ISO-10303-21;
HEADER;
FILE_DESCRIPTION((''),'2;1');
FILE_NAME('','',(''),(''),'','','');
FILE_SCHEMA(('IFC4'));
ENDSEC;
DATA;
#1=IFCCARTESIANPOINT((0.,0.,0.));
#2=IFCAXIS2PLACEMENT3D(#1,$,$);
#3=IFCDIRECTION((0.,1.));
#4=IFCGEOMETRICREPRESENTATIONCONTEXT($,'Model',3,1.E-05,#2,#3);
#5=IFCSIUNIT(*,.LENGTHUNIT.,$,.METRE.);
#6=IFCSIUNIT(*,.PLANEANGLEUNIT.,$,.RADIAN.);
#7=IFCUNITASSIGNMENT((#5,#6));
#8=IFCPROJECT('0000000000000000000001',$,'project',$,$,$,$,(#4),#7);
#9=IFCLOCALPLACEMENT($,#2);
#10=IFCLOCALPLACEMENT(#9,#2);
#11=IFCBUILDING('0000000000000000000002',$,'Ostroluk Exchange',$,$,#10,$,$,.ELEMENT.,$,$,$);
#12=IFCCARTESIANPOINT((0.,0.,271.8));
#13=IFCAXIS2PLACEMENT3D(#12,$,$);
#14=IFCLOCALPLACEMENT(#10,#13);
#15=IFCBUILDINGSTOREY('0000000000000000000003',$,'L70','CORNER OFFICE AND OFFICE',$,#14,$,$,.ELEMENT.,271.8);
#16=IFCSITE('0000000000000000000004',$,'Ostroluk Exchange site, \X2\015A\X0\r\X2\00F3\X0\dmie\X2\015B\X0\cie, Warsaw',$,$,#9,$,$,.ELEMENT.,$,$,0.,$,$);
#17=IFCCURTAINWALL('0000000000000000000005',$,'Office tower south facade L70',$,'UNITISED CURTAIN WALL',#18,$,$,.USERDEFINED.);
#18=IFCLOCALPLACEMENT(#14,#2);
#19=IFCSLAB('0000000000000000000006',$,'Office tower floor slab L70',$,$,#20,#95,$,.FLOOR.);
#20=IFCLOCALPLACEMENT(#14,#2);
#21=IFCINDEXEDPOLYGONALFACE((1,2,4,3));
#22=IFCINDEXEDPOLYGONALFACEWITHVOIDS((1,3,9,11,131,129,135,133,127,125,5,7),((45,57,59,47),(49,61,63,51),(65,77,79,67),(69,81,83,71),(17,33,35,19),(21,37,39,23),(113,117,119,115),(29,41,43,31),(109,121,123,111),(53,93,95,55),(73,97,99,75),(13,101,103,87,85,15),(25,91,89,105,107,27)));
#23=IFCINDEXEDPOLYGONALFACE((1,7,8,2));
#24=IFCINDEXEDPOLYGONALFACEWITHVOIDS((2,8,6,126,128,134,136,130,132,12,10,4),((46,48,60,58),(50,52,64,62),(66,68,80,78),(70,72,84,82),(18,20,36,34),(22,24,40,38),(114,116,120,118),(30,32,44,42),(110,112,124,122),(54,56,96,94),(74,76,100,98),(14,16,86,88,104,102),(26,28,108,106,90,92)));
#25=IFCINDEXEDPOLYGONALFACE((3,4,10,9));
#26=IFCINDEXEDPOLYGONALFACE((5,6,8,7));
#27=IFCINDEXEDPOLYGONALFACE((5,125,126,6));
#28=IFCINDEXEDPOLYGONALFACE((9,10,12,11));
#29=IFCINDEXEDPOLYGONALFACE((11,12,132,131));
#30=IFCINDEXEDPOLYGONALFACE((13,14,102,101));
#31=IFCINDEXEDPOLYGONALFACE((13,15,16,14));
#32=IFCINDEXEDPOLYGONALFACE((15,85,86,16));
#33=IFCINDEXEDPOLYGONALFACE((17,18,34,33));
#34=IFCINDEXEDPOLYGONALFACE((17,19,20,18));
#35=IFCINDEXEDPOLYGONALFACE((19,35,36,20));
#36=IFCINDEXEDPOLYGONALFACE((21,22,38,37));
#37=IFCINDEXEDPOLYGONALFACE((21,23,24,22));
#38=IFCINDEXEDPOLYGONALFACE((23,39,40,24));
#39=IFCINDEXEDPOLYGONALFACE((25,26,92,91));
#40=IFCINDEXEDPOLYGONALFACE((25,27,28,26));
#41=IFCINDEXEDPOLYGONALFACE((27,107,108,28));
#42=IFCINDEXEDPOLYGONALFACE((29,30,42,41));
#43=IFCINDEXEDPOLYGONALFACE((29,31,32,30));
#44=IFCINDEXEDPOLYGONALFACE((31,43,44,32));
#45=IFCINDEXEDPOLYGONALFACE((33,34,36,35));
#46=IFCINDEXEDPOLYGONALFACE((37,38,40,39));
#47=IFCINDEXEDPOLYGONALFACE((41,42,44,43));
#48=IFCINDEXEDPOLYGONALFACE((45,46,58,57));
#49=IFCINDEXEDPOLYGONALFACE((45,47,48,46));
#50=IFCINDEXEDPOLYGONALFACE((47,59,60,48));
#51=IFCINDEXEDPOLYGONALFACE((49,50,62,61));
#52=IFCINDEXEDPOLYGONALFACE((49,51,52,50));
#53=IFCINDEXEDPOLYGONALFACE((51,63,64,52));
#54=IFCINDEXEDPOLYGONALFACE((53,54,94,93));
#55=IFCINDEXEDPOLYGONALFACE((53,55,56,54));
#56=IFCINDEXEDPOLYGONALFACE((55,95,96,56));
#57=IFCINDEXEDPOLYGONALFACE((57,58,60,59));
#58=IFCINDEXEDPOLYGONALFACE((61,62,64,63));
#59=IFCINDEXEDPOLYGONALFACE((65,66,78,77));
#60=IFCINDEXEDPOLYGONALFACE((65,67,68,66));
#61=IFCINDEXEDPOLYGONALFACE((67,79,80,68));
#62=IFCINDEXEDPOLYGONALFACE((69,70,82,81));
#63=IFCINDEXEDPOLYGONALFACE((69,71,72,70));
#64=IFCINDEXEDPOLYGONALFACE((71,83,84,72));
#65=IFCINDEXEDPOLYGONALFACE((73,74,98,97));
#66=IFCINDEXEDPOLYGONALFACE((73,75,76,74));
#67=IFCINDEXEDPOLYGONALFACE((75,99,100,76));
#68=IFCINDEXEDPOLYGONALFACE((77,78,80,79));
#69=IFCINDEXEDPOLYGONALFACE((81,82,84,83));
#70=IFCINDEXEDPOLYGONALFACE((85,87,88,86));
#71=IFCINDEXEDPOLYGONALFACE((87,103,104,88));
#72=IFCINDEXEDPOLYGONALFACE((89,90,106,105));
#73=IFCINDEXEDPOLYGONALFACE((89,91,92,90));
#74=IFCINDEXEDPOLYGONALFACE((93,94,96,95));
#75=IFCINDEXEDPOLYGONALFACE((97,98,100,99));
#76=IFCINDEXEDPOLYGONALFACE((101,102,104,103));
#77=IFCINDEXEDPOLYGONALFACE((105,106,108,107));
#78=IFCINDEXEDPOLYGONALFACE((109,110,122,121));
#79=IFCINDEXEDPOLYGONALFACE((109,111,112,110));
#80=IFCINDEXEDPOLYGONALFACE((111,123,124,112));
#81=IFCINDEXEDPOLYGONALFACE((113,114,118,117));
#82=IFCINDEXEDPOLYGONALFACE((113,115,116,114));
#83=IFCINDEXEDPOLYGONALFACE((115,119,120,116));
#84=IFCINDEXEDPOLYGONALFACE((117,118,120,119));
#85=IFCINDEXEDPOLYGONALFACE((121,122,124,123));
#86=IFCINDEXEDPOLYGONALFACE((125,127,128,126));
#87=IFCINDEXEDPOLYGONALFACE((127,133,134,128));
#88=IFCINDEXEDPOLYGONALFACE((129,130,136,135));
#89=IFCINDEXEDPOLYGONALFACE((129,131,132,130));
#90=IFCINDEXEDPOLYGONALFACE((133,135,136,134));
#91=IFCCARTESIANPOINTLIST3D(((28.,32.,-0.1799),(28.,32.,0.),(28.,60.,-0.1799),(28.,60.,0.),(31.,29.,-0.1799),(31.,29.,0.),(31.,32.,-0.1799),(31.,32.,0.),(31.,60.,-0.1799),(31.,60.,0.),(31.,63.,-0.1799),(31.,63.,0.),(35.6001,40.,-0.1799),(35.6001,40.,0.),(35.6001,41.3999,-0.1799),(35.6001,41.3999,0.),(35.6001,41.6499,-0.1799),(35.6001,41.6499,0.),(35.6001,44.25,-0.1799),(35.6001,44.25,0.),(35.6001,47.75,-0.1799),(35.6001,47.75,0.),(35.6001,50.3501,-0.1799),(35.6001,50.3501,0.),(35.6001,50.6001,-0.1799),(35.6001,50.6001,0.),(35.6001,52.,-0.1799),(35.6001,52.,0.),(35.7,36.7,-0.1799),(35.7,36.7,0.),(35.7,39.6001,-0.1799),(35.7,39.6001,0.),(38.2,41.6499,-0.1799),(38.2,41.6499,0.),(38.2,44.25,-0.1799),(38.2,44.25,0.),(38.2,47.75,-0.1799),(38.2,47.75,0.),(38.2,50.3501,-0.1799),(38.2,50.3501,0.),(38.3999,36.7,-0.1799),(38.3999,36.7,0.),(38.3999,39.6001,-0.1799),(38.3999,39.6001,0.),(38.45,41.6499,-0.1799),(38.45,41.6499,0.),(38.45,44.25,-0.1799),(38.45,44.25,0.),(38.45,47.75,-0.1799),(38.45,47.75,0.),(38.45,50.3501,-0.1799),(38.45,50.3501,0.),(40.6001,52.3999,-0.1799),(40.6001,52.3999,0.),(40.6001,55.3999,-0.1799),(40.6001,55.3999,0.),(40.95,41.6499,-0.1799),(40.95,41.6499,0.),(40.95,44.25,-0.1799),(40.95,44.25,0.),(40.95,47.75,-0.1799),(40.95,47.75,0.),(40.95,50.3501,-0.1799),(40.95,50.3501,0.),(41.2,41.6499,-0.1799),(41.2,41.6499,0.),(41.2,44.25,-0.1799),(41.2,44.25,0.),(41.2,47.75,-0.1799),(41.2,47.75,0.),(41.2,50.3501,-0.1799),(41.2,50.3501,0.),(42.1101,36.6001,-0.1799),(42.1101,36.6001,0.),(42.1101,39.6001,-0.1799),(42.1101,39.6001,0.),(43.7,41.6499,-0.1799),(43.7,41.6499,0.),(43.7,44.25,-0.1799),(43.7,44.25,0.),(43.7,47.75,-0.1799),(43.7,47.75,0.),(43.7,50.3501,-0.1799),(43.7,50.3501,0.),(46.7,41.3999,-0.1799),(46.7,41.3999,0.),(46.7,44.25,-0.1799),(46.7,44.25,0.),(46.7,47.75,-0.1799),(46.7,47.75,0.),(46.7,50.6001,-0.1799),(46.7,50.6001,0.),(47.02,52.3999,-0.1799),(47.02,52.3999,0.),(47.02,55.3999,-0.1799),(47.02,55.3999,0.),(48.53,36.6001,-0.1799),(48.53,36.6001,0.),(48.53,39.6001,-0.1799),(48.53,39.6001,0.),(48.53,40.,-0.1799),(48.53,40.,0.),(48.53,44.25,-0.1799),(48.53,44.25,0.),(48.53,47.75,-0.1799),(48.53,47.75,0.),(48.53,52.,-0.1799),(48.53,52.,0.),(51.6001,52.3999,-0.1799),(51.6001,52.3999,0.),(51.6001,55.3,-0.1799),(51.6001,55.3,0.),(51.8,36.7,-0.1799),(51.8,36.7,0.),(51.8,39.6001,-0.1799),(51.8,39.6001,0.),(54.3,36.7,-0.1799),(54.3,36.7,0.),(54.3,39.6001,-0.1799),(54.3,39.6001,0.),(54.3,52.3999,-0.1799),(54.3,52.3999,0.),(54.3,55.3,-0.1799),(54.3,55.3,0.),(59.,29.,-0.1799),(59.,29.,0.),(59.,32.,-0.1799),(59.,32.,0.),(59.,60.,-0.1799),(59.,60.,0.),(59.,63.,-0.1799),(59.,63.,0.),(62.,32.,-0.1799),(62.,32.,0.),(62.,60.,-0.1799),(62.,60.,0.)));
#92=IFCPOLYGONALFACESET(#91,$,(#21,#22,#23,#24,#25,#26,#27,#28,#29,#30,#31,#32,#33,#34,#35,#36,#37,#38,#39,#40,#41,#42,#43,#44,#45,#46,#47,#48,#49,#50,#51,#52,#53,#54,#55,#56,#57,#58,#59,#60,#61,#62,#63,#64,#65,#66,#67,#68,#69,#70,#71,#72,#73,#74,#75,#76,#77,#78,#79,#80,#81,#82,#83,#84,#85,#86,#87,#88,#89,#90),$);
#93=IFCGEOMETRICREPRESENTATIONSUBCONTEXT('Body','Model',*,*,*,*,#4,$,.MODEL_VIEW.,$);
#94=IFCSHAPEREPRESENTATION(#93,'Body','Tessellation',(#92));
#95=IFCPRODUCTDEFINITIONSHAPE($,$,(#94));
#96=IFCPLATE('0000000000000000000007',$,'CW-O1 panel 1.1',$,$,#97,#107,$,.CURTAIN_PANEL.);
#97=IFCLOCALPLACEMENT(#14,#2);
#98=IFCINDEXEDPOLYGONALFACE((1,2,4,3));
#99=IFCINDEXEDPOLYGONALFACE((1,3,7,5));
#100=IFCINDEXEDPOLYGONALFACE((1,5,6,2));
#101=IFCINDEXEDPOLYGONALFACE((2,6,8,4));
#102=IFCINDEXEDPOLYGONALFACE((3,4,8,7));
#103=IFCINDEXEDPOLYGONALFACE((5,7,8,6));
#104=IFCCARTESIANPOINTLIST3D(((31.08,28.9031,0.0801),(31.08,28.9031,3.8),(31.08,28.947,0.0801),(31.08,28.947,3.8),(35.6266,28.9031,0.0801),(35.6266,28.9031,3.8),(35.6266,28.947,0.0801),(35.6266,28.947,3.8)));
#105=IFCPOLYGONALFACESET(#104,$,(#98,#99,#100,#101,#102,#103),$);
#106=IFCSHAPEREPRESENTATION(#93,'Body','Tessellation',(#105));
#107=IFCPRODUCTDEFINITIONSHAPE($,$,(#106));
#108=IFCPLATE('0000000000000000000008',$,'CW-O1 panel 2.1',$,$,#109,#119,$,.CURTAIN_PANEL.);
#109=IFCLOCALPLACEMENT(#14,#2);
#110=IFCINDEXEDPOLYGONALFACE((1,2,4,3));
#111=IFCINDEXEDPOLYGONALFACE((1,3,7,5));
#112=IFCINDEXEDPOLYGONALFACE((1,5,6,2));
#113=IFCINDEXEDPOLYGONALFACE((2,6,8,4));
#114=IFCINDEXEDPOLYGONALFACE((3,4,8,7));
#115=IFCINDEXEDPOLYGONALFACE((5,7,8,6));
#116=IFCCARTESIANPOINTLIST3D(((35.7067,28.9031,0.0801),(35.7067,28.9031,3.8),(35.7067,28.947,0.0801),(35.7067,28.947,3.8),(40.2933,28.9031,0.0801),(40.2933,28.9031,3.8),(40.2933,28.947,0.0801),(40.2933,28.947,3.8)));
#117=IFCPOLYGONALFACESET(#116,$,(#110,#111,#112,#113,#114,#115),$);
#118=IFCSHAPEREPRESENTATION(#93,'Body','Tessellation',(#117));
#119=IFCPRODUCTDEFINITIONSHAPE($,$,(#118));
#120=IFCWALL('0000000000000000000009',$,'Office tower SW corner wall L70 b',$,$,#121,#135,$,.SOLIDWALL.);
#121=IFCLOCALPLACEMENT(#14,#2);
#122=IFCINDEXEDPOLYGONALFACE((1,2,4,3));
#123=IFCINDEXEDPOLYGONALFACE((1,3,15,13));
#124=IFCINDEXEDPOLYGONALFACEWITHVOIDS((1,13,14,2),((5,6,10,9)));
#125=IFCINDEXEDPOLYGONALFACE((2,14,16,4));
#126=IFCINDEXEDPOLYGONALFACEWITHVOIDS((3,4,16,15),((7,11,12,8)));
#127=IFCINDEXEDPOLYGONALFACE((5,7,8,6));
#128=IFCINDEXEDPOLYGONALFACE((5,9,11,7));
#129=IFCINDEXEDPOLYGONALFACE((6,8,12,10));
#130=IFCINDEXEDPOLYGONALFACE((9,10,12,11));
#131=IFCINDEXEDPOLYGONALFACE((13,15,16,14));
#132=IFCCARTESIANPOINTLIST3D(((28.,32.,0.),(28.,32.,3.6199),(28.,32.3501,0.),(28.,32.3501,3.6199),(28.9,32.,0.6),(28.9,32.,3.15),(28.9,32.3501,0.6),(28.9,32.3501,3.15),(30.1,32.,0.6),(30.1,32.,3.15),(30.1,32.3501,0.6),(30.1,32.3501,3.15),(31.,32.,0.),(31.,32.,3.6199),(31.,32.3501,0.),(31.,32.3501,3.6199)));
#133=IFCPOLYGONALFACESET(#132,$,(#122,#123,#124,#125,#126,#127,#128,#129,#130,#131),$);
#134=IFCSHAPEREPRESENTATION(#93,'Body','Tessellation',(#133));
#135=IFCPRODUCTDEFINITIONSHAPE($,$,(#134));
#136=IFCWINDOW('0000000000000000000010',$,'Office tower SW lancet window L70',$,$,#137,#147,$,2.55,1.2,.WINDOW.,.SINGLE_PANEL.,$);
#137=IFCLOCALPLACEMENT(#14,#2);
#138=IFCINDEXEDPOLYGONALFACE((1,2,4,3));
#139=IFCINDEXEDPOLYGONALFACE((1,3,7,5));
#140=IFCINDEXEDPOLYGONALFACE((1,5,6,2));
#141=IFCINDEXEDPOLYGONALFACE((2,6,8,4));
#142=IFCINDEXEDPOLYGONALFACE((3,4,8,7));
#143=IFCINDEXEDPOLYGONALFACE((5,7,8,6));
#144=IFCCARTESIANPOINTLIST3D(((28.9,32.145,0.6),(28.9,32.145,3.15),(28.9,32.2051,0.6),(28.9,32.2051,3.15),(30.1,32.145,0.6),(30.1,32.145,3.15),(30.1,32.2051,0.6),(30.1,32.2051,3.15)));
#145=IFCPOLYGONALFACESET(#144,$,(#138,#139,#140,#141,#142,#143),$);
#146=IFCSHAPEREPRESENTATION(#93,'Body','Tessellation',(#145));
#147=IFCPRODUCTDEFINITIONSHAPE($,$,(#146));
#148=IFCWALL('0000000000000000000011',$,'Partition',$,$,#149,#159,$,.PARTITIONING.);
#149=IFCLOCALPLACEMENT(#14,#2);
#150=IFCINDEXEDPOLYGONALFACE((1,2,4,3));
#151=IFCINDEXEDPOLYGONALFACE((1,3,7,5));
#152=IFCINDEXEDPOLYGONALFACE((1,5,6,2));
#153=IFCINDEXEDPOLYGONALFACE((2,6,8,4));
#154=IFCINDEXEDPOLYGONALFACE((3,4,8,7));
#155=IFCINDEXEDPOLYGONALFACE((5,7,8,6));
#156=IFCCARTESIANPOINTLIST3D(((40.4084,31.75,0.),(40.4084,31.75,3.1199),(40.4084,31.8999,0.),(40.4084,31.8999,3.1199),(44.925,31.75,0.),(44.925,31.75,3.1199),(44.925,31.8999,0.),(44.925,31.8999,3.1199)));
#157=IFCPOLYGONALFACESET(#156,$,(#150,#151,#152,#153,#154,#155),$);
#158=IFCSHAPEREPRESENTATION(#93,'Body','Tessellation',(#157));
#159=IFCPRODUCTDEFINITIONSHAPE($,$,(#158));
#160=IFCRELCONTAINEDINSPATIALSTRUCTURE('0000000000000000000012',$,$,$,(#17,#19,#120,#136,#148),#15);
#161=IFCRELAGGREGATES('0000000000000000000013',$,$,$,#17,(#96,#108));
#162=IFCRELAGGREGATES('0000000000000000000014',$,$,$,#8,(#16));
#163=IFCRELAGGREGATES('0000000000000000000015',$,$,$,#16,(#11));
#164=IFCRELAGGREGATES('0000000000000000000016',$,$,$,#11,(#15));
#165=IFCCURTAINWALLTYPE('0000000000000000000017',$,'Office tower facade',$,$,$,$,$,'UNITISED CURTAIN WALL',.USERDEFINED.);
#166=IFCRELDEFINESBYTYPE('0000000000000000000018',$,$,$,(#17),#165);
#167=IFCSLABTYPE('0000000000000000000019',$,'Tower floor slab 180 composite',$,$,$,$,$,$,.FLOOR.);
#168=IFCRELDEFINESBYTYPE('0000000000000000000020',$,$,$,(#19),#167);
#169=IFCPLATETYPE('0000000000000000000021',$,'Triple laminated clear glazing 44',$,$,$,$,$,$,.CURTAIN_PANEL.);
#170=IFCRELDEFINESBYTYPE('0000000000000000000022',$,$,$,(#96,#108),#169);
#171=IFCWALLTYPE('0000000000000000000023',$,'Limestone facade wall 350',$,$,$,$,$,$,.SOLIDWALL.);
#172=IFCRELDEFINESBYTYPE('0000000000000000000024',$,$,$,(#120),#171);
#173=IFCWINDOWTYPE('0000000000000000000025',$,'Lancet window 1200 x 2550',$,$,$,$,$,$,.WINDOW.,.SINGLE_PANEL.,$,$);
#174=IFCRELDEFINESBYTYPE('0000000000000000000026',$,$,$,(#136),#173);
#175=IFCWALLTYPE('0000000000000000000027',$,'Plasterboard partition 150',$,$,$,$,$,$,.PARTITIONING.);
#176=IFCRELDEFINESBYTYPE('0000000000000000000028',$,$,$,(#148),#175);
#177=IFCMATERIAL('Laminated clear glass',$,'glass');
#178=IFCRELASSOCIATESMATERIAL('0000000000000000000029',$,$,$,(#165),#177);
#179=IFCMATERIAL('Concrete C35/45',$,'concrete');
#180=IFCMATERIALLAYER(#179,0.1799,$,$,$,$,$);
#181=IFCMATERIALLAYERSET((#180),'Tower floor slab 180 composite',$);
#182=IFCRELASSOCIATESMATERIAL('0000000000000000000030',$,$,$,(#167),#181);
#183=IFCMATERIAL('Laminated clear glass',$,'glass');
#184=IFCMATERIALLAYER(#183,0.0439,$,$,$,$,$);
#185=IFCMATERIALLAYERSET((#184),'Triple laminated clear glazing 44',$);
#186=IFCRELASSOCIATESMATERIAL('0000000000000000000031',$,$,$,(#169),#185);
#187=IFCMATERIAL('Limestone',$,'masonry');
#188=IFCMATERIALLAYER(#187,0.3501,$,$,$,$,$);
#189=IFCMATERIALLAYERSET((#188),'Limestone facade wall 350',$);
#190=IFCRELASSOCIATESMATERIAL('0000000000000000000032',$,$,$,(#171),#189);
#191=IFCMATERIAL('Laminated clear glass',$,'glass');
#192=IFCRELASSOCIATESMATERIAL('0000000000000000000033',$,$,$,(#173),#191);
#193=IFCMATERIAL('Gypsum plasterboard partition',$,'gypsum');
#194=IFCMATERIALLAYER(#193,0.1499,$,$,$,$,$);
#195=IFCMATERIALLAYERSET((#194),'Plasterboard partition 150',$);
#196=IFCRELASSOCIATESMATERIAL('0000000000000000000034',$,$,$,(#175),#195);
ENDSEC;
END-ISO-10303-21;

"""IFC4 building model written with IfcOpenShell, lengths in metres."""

from ifc_helpers import new_model, si_unit, direction, frame, frame_2d, origin, origin_2d, place, context, subcontext, project, spatial, polyline, rectangle, outline, extrude, material, layer, layer_set, type_object, element, fill, aggregate, save


model = new_model("IFC4")

# Units and contexts
model_context = context("Model", 3, precision=1e-05, world=origin(), true_north=direction((0.0, 1.0)))
body_context = subcontext(model_context, "Body", "Model", "MODEL_VIEW")
ifc_project = project(units=[si_unit("LENGTHUNIT", "METRE"), si_unit("PLANEANGLEUNIT", "RADIAN")], contexts=[model_context])

# Site, building, storey
site_placement = place(None, origin())
site = spatial("IfcSite", under=ifc_project, at=site_placement, Name="Ostroluk Exchange site, Śródmieście, Warsaw", CompositionType="ELEMENT", RefElevation=0.0)
building_placement = place(site_placement, origin())
building = spatial("IfcBuilding", under=site, at=building_placement, Name="Ostroluk Exchange", CompositionType="ELEMENT")
storey_placement = place(building_placement, frame((0.0, 0.0, 271.8)))
storey = spatial("IfcBuildingStorey", under=building, at=storey_placement, Name="L70", Description="CORNER OFFICE AND OFFICE", CompositionType="ELEMENT", Elevation=271.8)

# Curtain wall
ifc_material_1 = material(Name="Laminated clear glass", Category="glass")
curtain_wall_type = type_object("IfcCurtainWallType", Name="Office tower facade", ElementType="UNITISED CURTAIN WALL", PredefinedType="USERDEFINED", material=ifc_material_1)
curtain_wall_1_placement = place(storey_placement, origin())
curtain_wall_1 = element("IfcCurtainWall", 1, at=curtain_wall_1_placement, inside=storey, type_object=curtain_wall_type, Name="Office tower south facade L70", ObjectType="UNITISED CURTAIN WALL", PredefinedType="USERDEFINED")

# Slab
ifc_material_2 = material(Name="Concrete C35/45", Category="concrete")
ifc_layer_1 = layer(ifc_material_2, 0.1799)
ifc_layer_set_1 = layer_set([ifc_layer_1], Name="Tower floor slab 180 composite")
slab_type_1 = type_object("IfcSlabType", Name="Tower floor slab 180 composite", PredefinedType="FLOOR", material=ifc_layer_set_1)
slab_1_placement = place(storey_placement, frame((0.0, 0.0, -0.1799)))
element("IfcSlab", 2, at=slab_1_placement, inside=storey, type_object=slab_type_1, Name="Office tower floor slab L70", PredefinedType="FLOOR", context=body_context, shape_type="SweptSolid", body=[
    extrude(outline(polyline([(31.0, 29.0), (59.0, 29.0), (59.0, 32.0), (62.0, 32.0), (62.0, 60.0), (59.0, 60.0), (59.0, 63.0), (31.0, 63.0), (31.0, 60.0), (28.0, 60.0), (28.0, 32.0), (31.0, 32.0), (31.0, 29.0)]), holes=[polyline([(35.7, 36.7), (38.3999, 36.7), (38.3999, 39.6001), (35.7, 39.6001), (35.7, 36.7)]), polyline([(42.1101, 36.6001), (48.53, 36.6001), (48.53, 39.6001), (42.1101, 39.6001), (42.1101, 36.6001)]), polyline([(51.8, 36.7), (54.3, 36.7), (54.3, 39.6001), (51.8, 39.6001), (51.8, 36.7)]), polyline([(40.6001, 52.3999), (47.02, 52.3999), (47.02, 55.3999), (40.6001, 55.3999), (40.6001, 52.3999)]), polyline([(51.6001, 52.3999), (54.3, 52.3999), (54.3, 55.3), (51.6001, 55.3), (51.6001, 52.3999)]), polyline([(35.6001, 47.75), (38.2, 47.75), (38.2, 50.3501), (35.6001, 50.3501), (35.6001, 47.75)]), polyline([(38.45, 47.75), (40.95, 47.75), (40.95, 50.3501), (38.45, 50.3501), (38.45, 47.75)]), polyline([(41.2, 47.75), (43.7, 47.75), (43.7, 50.3501), (41.2, 50.3501), (41.2, 47.75)]), polyline([(35.6001, 41.6499), (38.2, 41.6499), (38.2, 44.25), (35.6001, 44.25), (35.6001, 41.6499)]), polyline([(38.45, 41.6499), (40.95, 41.6499), (40.95, 44.25), (38.45, 44.25), (38.45, 41.6499)]), polyline([(41.2, 41.6499), (43.7, 41.6499), (43.7, 44.25), (41.2, 44.25), (41.2, 41.6499)]), polyline([(48.53, 52.0), (48.53, 47.75), (46.7, 47.75), (46.7, 50.6001), (35.6001, 50.6001), (35.6001, 52.0), (48.53, 52.0)]), polyline([(35.6001, 40.0), (35.6001, 41.3999), (46.7, 41.3999), (46.7, 44.25), (48.53, 44.25), (48.53, 40.0), (35.6001, 40.0)])]), origin(), (0.0, 0.0, 1.0), 0.1799),
])

# Plates
ifc_material_3 = material(Name="Laminated clear glass", Category="glass")
ifc_layer_2 = layer(ifc_material_3, 0.0439)
ifc_layer_set_2 = layer_set([ifc_layer_2], Name="Triple laminated clear glazing 44")
plate_type_1 = type_object("IfcPlateType", Name="Triple laminated clear glazing 44", PredefinedType="CURTAIN_PANEL", material=ifc_layer_set_2)
plate_1_placement = place(storey_placement, frame((33.3533, 28.925, 0.0801), z_axis=(0.0, 0.0, 1.0), x_axis=(1.0, 0.0, 0.0)))
plate_1 = element("IfcPlate", 3, at=plate_1_placement, type_object=plate_type_1, Name="CW-O1 panel 1.1", PredefinedType="CURTAIN_PANEL", context=body_context, shape_type="SweptSolid", body=[
    extrude(rectangle(XDim=4.5466, YDim=0.0439, at=origin_2d()), origin(), (0.0, 0.0, 1.0), 3.72),
])
plate_2_placement = place(storey_placement, frame((38.0, 28.925, 0.0801), z_axis=(0.0, 0.0, 1.0), x_axis=(1.0, 0.0, 0.0)))
plate_2 = element("IfcPlate", 4, at=plate_2_placement, type_object=plate_type_1, Name="CW-O1 panel 2.1", PredefinedType="CURTAIN_PANEL", context=body_context, shape_type="SweptSolid", body=[
    extrude(rectangle(XDim=4.5867, YDim=0.0439, at=origin_2d()), origin(), (0.0, 0.0, 1.0), 3.72),
])
aggregate(curtain_wall_1, [plate_1, plate_2])

# Shared definitions
ifc_material_4 = material(Name="Limestone", Category="masonry")
ifc_layer_3 = layer(ifc_material_4, 0.3501)
ifc_layer_set_3 = layer_set([ifc_layer_3], Name="Limestone facade wall 350")
wall_type_1 = type_object("IfcWallType", Name="Limestone facade wall 350", PredefinedType="SOLIDWALL", material=ifc_layer_set_3)

# Wall, opening, window
wall_1_placement = place(storey_placement, frame((31.0, 32.175, 0.0), z_axis=(0.0, 0.0, 1.0), x_axis=(-1.0, 0.0, 0.0)))
wall_1 = element("IfcWall", 5, at=wall_1_placement, inside=storey, type_object=wall_type_1, Name="Office tower SW corner wall L70 b", PredefinedType="SOLIDWALL", context=body_context, shape_type="SweptSolid", body=[
    extrude(rectangle(XDim=3.0, YDim=0.3501, at=frame_2d((1.5, 0.0))), origin(), (0.0, 0.0, 1.0), 3.6199),
])
opening_1_placement = place(wall_1_placement, frame((0.8999, 0.0, 0.6001)))
opening_1 = element("IfcOpeningElement", 6, at=opening_1_placement, cuts=wall_1, PredefinedType="OPENING", context=body_context, shape_type="SweptSolid", body=[
    extrude(rectangle(XDim=1.2, YDim=2.55, at=frame_2d((0.6001, 1.2749))), frame((0.0, 0.1851, 0.0), z_axis=(0.0, -1.0, 0.0), x_axis=(1.0, 0.0, 0.0)), (0.0, 0.0, 1.0), 0.3701),
])
ifc_material_5 = material(Name="Laminated clear glass", Category="glass")
window_type = type_object("IfcWindowType", Name="Lancet window 1200 x 2550", PartitioningType="SINGLE_PANEL", PredefinedType="WINDOW", material=ifc_material_5)
window_placement = place(opening_1_placement, origin())
window = element("IfcWindow", 7, at=window_placement, inside=storey, type_object=window_type, Name="Office tower SW lancet window L70", OverallHeight=2.55, OverallWidth=1.2, PartitioningType="SINGLE_PANEL", PredefinedType="WINDOW", context=body_context, shape_type="SweptSolid", body=[
    extrude(rectangle(XDim=1.2, YDim=2.55, at=frame_2d((0.6001, 1.2749))), frame((0.0, 0.03, 0.0), z_axis=(0.0, -1.0, 0.0), x_axis=(1.0, 0.0, 0.0)), (0.0, 0.0, 1.0), 0.0601),
])
fill(opening_1, window)

# Wall
ifc_material_6 = material(Name="Gypsum plasterboard partition", Category="gypsum")
ifc_layer_4 = layer(ifc_material_6, 0.1499)
ifc_layer_set_4 = layer_set([ifc_layer_4], Name="Plasterboard partition 150")
wall_type_2 = type_object("IfcWallType", Name="Plasterboard partition 150", PredefinedType="PARTITIONING", material=ifc_layer_set_4)
wall_2_placement = place(storey_placement, frame((40.4084, 31.825, 0.0), z_axis=(0.0, 0.0, 1.0), x_axis=(1.0, 0.0, 0.0)))
element("IfcWall", 8, at=wall_2_placement, inside=storey, type_object=wall_type_2, Name="Partition", PredefinedType="PARTITIONING", context=body_context, shape_type="SweptSolid", body=[
    extrude(rectangle(XDim=4.5166, YDim=0.1499, at=frame_2d((2.2583, 0.0))), origin(), (0.0, 0.0, 1.0), 3.1199),
])

save(model, "model.ifc")
